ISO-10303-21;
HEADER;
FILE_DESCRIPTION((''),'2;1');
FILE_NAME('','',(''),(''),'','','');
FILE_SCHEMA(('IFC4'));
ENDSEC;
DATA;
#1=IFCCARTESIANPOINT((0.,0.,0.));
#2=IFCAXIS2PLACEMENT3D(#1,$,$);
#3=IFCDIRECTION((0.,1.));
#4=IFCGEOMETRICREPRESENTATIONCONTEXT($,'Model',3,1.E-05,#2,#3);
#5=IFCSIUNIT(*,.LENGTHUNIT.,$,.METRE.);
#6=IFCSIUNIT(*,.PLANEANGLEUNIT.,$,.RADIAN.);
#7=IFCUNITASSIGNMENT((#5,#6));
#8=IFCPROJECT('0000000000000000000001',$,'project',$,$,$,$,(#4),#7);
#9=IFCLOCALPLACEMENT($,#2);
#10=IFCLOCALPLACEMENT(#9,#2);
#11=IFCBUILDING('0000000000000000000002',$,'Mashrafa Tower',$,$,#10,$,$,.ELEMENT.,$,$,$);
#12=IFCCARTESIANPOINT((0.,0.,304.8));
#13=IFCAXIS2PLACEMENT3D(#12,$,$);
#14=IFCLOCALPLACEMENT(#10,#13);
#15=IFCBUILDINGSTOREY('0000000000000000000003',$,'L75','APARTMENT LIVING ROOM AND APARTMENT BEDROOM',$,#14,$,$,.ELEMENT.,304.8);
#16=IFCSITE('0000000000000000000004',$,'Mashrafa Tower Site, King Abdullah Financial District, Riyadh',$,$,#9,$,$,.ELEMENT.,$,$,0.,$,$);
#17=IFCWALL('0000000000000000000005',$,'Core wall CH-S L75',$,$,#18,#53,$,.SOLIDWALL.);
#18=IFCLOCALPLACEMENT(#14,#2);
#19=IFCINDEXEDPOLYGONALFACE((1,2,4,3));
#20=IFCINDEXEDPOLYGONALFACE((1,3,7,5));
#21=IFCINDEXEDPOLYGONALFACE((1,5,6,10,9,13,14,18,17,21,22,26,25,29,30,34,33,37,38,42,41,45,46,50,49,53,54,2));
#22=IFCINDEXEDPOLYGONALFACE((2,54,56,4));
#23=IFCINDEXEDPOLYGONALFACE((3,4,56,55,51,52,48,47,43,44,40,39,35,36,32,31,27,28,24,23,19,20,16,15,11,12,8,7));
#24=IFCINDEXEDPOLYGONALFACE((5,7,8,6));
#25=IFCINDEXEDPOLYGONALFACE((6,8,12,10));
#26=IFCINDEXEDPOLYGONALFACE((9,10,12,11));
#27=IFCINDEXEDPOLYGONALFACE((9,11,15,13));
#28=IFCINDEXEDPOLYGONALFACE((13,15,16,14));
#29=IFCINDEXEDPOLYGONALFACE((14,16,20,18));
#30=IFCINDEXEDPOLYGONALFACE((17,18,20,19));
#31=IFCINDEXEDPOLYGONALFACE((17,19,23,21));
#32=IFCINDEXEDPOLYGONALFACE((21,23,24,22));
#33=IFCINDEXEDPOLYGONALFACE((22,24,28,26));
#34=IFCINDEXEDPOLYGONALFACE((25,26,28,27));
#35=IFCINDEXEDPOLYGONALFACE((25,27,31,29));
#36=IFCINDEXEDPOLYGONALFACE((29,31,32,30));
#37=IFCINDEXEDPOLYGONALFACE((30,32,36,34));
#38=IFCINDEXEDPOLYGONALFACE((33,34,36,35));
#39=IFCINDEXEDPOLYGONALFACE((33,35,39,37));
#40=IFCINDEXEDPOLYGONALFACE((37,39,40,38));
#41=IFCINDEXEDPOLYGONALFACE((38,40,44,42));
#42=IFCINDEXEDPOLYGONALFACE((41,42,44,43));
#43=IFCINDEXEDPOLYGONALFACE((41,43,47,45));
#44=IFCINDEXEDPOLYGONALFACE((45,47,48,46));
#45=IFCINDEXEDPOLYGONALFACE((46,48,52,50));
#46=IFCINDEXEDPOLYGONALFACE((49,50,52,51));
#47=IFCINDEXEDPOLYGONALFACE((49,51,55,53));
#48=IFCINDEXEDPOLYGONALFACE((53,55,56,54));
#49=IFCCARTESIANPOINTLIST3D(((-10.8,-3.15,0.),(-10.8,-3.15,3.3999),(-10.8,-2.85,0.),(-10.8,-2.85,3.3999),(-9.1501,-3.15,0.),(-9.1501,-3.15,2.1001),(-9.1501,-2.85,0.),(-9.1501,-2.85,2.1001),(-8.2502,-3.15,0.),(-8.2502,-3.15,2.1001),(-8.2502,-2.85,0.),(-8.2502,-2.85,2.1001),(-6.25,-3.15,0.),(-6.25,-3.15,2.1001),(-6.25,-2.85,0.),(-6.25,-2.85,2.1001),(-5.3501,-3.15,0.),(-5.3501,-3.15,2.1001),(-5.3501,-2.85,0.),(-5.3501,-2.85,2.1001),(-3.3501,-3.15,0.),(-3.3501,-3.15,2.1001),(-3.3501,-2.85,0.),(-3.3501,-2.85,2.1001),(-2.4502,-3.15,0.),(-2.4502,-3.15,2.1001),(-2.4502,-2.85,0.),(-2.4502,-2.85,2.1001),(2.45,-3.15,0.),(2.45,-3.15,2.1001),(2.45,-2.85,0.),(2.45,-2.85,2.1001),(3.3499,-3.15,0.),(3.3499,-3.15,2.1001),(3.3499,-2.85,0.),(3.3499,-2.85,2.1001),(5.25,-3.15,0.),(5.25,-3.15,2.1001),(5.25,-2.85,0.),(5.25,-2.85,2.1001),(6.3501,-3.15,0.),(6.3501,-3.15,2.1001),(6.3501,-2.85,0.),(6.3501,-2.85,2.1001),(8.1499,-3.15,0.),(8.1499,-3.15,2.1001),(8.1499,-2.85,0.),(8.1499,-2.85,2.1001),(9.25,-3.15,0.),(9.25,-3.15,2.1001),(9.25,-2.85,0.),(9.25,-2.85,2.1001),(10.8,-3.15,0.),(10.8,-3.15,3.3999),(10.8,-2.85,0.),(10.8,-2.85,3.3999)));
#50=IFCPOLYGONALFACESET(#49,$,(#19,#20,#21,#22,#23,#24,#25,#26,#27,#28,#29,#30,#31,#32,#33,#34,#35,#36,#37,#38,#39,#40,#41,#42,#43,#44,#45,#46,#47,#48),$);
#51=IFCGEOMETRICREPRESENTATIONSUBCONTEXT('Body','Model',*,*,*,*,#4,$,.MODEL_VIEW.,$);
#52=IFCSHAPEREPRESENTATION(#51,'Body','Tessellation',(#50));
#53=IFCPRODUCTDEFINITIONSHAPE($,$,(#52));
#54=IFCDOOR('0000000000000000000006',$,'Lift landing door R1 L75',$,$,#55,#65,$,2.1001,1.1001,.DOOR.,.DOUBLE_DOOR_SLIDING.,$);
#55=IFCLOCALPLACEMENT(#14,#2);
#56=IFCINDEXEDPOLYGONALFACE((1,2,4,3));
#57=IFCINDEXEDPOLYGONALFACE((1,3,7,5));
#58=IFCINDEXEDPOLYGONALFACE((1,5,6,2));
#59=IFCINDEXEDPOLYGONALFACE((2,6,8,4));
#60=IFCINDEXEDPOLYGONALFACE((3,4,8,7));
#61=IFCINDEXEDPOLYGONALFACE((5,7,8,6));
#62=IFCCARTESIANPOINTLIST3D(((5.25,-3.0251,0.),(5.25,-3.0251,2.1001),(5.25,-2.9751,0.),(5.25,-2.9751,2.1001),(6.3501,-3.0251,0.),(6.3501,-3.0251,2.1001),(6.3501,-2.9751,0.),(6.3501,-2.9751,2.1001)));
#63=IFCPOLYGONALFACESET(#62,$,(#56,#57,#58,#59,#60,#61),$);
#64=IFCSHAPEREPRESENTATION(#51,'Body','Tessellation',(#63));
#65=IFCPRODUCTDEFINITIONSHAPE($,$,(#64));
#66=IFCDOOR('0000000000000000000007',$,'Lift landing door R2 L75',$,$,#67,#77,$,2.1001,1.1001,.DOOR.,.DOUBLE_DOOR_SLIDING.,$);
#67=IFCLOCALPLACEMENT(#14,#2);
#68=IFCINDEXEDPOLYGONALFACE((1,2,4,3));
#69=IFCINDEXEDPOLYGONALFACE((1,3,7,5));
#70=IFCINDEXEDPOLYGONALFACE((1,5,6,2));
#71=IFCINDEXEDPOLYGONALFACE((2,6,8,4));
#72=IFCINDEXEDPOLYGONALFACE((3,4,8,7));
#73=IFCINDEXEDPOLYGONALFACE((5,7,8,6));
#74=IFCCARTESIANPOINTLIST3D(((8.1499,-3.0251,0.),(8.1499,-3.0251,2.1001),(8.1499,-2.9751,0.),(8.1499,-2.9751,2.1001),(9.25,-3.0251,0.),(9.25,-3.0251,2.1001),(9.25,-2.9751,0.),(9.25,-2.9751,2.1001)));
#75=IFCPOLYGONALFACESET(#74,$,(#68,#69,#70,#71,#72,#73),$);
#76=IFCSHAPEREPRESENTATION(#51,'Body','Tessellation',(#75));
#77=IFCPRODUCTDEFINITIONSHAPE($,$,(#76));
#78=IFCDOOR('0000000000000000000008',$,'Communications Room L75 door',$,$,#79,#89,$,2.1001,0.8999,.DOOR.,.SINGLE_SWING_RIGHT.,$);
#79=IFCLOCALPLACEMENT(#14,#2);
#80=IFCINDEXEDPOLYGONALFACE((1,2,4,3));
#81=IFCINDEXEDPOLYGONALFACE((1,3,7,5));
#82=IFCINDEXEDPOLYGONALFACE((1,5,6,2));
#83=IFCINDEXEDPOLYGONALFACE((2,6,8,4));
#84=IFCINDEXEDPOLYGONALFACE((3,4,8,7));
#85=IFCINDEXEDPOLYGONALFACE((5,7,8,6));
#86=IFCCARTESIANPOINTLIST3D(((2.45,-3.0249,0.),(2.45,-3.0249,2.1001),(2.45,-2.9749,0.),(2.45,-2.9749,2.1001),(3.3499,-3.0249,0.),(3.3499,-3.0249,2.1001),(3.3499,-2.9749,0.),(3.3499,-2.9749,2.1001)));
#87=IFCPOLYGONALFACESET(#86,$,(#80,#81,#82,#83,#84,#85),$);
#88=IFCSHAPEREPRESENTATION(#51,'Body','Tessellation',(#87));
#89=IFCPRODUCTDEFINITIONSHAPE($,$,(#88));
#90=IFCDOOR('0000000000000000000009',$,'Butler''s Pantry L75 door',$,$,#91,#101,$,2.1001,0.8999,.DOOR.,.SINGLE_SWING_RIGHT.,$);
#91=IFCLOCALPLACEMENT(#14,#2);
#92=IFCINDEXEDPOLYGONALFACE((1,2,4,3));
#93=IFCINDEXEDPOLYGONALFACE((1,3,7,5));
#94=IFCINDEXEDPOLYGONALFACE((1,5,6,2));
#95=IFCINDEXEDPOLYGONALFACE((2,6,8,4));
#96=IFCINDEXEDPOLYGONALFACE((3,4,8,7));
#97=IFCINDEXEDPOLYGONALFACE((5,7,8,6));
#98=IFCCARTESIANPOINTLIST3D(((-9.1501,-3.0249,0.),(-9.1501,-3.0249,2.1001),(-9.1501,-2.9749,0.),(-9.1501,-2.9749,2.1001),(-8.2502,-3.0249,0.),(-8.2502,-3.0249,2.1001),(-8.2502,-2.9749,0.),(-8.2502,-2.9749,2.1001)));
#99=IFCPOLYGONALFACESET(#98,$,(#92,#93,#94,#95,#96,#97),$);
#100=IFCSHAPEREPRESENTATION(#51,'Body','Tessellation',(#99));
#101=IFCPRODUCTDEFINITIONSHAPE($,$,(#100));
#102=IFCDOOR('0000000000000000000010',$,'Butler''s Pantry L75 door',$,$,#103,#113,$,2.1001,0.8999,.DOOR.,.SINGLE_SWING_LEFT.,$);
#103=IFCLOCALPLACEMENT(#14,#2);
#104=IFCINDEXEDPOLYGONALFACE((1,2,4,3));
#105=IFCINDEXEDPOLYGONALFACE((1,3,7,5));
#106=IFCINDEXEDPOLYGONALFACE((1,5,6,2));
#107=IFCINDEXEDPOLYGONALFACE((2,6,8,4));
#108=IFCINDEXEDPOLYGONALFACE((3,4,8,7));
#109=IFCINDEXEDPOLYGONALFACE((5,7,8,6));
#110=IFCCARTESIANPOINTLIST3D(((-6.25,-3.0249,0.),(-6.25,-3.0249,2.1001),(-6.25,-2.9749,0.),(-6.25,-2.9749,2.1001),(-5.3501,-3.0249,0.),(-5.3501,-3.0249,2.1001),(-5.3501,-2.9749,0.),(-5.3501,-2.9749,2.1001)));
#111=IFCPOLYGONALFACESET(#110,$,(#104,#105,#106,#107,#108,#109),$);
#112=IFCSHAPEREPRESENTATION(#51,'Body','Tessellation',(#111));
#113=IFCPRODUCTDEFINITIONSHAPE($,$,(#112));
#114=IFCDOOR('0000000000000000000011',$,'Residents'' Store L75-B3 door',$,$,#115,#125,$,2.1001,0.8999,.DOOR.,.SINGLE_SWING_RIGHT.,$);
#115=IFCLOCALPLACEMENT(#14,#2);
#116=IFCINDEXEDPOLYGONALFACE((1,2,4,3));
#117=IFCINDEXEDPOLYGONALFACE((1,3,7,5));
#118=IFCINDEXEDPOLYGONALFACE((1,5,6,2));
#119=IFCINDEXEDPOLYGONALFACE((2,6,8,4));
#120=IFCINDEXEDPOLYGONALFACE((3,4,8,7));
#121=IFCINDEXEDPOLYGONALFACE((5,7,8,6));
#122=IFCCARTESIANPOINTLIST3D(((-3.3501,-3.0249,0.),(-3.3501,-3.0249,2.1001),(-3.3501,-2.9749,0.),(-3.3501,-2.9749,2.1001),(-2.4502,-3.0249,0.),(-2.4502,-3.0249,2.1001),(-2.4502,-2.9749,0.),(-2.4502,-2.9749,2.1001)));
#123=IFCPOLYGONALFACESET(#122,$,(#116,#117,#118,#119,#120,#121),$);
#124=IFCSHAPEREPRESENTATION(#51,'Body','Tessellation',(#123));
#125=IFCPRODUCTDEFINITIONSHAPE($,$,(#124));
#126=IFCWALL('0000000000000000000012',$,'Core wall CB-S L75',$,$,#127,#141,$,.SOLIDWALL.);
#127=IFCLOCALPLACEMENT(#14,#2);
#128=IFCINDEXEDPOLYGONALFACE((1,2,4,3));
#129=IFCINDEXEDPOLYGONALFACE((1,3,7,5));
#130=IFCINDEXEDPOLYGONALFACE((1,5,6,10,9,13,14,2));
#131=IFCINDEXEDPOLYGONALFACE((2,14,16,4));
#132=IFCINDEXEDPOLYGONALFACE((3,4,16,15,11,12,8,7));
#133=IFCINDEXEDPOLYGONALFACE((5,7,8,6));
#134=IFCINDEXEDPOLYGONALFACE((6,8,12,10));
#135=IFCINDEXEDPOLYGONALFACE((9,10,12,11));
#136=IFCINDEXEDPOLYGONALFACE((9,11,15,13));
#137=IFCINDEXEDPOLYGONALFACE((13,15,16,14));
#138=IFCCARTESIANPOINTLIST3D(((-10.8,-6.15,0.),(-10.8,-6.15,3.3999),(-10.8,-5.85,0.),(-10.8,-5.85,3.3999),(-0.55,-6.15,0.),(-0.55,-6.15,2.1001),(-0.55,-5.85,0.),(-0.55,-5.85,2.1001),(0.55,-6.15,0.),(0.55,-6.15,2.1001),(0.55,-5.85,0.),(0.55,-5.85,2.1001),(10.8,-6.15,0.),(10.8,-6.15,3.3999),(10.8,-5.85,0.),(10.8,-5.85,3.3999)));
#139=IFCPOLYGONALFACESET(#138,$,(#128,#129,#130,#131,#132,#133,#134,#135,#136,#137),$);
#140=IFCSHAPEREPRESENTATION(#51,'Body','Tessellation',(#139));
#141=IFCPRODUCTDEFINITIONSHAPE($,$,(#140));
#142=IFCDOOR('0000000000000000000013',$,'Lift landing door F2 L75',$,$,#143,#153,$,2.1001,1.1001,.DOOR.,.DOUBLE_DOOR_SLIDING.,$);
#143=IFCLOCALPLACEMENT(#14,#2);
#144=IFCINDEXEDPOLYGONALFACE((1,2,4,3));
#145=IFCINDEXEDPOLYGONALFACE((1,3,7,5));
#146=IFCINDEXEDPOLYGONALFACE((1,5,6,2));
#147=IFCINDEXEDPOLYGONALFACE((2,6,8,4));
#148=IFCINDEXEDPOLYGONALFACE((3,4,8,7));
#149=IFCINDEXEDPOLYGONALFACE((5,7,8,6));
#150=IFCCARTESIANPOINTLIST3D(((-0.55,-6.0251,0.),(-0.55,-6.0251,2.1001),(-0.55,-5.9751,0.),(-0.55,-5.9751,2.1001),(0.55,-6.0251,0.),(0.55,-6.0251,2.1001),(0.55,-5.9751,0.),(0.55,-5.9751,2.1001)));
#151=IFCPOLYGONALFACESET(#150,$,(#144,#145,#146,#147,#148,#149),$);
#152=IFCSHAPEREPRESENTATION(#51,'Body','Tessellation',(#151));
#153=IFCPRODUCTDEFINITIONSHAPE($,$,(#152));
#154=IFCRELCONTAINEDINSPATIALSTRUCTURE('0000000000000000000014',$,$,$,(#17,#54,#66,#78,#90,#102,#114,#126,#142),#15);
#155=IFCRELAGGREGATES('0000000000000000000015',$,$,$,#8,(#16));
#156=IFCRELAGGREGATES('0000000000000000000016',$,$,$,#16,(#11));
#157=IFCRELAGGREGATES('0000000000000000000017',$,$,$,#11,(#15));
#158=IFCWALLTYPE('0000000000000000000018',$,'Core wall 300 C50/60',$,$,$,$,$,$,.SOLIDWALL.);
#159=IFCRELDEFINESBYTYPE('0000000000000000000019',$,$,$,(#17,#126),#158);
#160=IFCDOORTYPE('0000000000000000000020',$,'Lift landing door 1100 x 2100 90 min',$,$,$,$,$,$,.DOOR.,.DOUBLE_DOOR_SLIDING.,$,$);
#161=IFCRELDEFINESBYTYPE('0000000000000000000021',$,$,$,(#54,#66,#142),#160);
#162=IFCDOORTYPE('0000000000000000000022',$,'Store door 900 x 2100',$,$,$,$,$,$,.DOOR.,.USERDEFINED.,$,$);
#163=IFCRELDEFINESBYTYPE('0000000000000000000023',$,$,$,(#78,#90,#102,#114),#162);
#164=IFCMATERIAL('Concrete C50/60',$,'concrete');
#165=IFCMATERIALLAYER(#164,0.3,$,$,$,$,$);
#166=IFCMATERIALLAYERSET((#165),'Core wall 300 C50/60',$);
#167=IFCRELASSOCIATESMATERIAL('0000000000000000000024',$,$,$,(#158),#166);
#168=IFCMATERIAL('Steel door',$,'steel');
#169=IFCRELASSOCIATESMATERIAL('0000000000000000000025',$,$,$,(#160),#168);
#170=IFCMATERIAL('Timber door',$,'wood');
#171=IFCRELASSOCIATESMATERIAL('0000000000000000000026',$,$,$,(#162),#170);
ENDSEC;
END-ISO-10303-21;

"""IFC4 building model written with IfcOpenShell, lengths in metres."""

from ifc_helpers import new_model, si_unit, direction, frame, frame_2d, origin, place, context, subcontext, project, spatial, rectangle, extrude, material, layer, layer_set, type_object, element, fill, save


model = new_model("IFC4")

# Units and contexts
model_context = context("Model", 3, precision=1e-05, world=origin(), true_north=direction((0.0, 1.0)))
body_context = subcontext(model_context, "Body", "Model", "MODEL_VIEW")
ifc_project = project(units=[si_unit("LENGTHUNIT", "METRE"), si_unit("PLANEANGLEUNIT", "RADIAN")], contexts=[model_context])

# Site, building, storey
site_placement = place(None, origin())
site = spatial("IfcSite", under=ifc_project, at=site_placement, Name="Mashrafa Tower Site, King Abdullah Financial District, Riyadh", CompositionType="ELEMENT", RefElevation=0.0)
building_placement = place(site_placement, origin())
building = spatial("IfcBuilding", under=site, at=building_placement, Name="Mashrafa Tower", CompositionType="ELEMENT")
storey_placement = place(building_placement, frame((0.0, 0.0, 304.8)))
storey = spatial("IfcBuildingStorey", under=building, at=storey_placement, Name="L75", Description="APARTMENT LIVING ROOM AND APARTMENT BEDROOM", CompositionType="ELEMENT", Elevation=304.8)

# Wall, openings, doors
ifc_material_1 = material(Name="Concrete C50/60", Category="concrete")
ifc_layer_1 = layer(ifc_material_1, 0.3)
ifc_layer_set_1 = layer_set([ifc_layer_1], Name="Core wall 300 C50/60")
wall_type_1 = type_object("IfcWallType", Name="Core wall 300 C50/60", PredefinedType="SOLIDWALL", material=ifc_layer_set_1)
wall_1_placement = place(storey_placement, frame((-10.8, -3.0, 0.0), z_axis=(0.0, 0.0, 1.0), x_axis=(1.0, 0.0, 0.0)))
wall_1 = element("IfcWall", 1, at=wall_1_placement, inside=storey, type_object=wall_type_1, Name="Core wall CH-S L75", PredefinedType="SOLIDWALL", context=body_context, shape_type="SweptSolid", body=[
    extrude(rectangle(XDim=21.6001, YDim=0.3, at=frame_2d((10.8, 0.0))), origin(), (0.0, 0.0, 1.0), 3.3999),
])
opening_1_placement = place(wall_1_placement, frame((13.25, 0.0, 0.0)))
opening_1 = element("IfcOpeningElement", 2, at=opening_1_placement, cuts=wall_1, PredefinedType="OPENING", context=body_context, shape_type="SweptSolid", body=[
    extrude(rectangle(XDim=0.8999, YDim=2.1001, at=frame_2d((0.45, 1.05))), frame((0.0, 0.1599, 0.0), z_axis=(0.0, -1.0, 0.0), x_axis=(1.0, 0.0, 0.0)), (0.0, 0.0, 1.0), 0.3201),
])
opening_2_placement = place(wall_1_placement, frame((1.6499, 0.0, 0.0)))
opening_2 = element("IfcOpeningElement", 3, at=opening_2_placement, cuts=wall_1, PredefinedType="OPENING", context=body_context, shape_type="SweptSolid", body=[
    extrude(rectangle(XDim=0.8999, YDim=2.1001, at=frame_2d((0.45, 1.05))), frame((0.0, 0.1599, 0.0), z_axis=(0.0, -1.0, 0.0), x_axis=(1.0, 0.0, 0.0)), (0.0, 0.0, 1.0), 0.3201),
])
opening_3_placement = place(wall_1_placement, frame((4.55, 0.0, 0.0)))
opening_3 = element("IfcOpeningElement", 4, at=opening_3_placement, cuts=wall_1, PredefinedType="OPENING", context=body_context, shape_type="SweptSolid", body=[
    extrude(rectangle(XDim=0.8999, YDim=2.1001, at=frame_2d((0.45, 1.05))), frame((0.0, 0.1599, 0.0), z_axis=(0.0, -1.0, 0.0), x_axis=(1.0, 0.0, 0.0)), (0.0, 0.0, 1.0), 0.3201),
])
opening_4_placement = place(wall_1_placement, frame((7.45, 0.0, 0.0)))
opening_4 = element("IfcOpeningElement", 5, at=opening_4_placement, cuts=wall_1, PredefinedType="OPENING", context=body_context, shape_type="SweptSolid", body=[
    extrude(rectangle(XDim=0.8999, YDim=2.1001, at=frame_2d((0.45, 1.05))), frame((0.0, 0.1599, 0.0), z_axis=(0.0, -1.0, 0.0), x_axis=(1.0, 0.0, 0.0)), (0.0, 0.0, 1.0), 0.3201),
])
opening_5_placement = place(wall_1_placement, frame((16.05, 0.0, 0.0)))
opening_5 = element("IfcOpeningElement", 6, at=opening_5_placement, cuts=wall_1, PredefinedType="OPENING", context=body_context, shape_type="SweptSolid", body=[
    extrude(rectangle(XDim=1.1001, YDim=2.1001, at=frame_2d((0.55, 1.05))), frame((0.0, 0.1599, 0.0), z_axis=(0.0, -1.0, 0.0), x_axis=(1.0, 0.0, 0.0)), (0.0, 0.0, 1.0), 0.3201),
])
opening_6_placement = place(wall_1_placement, frame((18.95, 0.0, 0.0)))
opening_6 = element("IfcOpeningElement", 7, at=opening_6_placement, cuts=wall_1, PredefinedType="OPENING", context=body_context, shape_type="SweptSolid", body=[
    extrude(rectangle(XDim=1.1001, YDim=2.1001, at=frame_2d((0.55, 1.05))), frame((0.0, 0.1599, 0.0), z_axis=(0.0, -1.0, 0.0), x_axis=(1.0, 0.0, 0.0)), (0.0, 0.0, 1.0), 0.3201),
])
ifc_material_2 = material(Name="Steel door", Category="steel")
door_type_1 = type_object("IfcDoorType", Name="Lift landing door 1100 x 2100 90 min", OperationType="DOUBLE_DOOR_SLIDING", PredefinedType="DOOR", material=ifc_material_2)
door_1_placement = place(opening_5_placement, origin())
door_1 = element("IfcDoor", 8, at=door_1_placement, inside=storey, type_object=door_type_1, Name="Lift landing door R1 L75", OperationType="DOUBLE_DOOR_SLIDING", OverallHeight=2.1001, OverallWidth=1.1001, PredefinedType="DOOR", context=body_context, shape_type="SweptSolid", body=[
    extrude(rectangle(XDim=1.1001, YDim=2.1001, at=frame_2d((0.55, 1.05))), frame((0.0, 0.0249, 0.0), z_axis=(0.0, -1.0, 0.0), x_axis=(1.0, 0.0, 0.0)), (0.0, 0.0, 1.0), 0.05),
])
fill(opening_5, door_1)
door_2_placement = place(opening_6_placement, origin())
door_2 = element("IfcDoor", 9, at=door_2_placement, inside=storey, type_object=door_type_1, Name="Lift landing door R2 L75", OperationType="DOUBLE_DOOR_SLIDING", OverallHeight=2.1001, OverallWidth=1.1001, PredefinedType="DOOR", context=body_context, shape_type="SweptSolid", body=[
    extrude(rectangle(XDim=1.1001, YDim=2.1001, at=frame_2d((0.55, 1.05))), frame((0.0, 0.0249, 0.0), z_axis=(0.0, -1.0, 0.0), x_axis=(1.0, 0.0, 0.0)), (0.0, 0.0, 1.0), 0.05),
])
fill(opening_6, door_2)
ifc_material_3 = material(Name="Timber door", Category="wood")
door_type_2 = type_object("IfcDoorType", Name="Store door 900 x 2100", OperationType="USERDEFINED", PredefinedType="DOOR", material=ifc_material_3)
door_3_placement = place(opening_1_placement, frame((0.8999, 0.0, 0.0), z_axis=(0.0, 0.0, 1.0), x_axis=(-1.0, 0.0, 0.0)))
door_3 = element("IfcDoor", 10, at=door_3_placement, inside=storey, type_object=door_type_2, Name="Communications Room L75 door", OperationType="SINGLE_SWING_RIGHT", OverallHeight=2.1001, OverallWidth=0.8999, PredefinedType="DOOR", context=body_context, shape_type="SweptSolid", body=[
    extrude(rectangle(XDim=0.8999, YDim=2.1001, at=frame_2d((0.45, 1.05))), frame((0.0, 0.0249, 0.0), z_axis=(0.0, -1.0, 0.0), x_axis=(1.0, 0.0, 0.0)), (0.0, 0.0, 1.0), 0.05),
])
fill(opening_1, door_3)
door_4_placement = place(opening_2_placement, frame((0.8999, 0.0, 0.0), z_axis=(0.0, 0.0, 1.0), x_axis=(-1.0, 0.0, 0.0)))
door_4 = element("IfcDoor", 11, at=door_4_placement, inside=storey, type_object=door_type_2, Name="Butler's Pantry L75 door", OperationType="SINGLE_SWING_RIGHT", OverallHeight=2.1001, OverallWidth=0.8999, PredefinedType="DOOR", context=body_context, shape_type="SweptSolid", body=[
    extrude(rectangle(XDim=0.8999, YDim=2.1001, at=frame_2d((0.45, 1.05))), frame((0.0, 0.0249, 0.0), z_axis=(0.0, -1.0, 0.0), x_axis=(1.0, 0.0, 0.0)), (0.0, 0.0, 1.0), 0.05),
])
fill(opening_2, door_4)
door_5_placement = place(opening_3_placement, frame((0.8999, 0.0, 0.0), z_axis=(0.0, 0.0, 1.0), x_axis=(-1.0, 0.0, 0.0)))
door_5 = element("IfcDoor", 12, at=door_5_placement, inside=storey, type_object=door_type_2, Name="Butler's Pantry L75 door", OperationType="SINGLE_SWING_LEFT", OverallHeight=2.1001, OverallWidth=0.8999, PredefinedType="DOOR", context=body_context, shape_type="SweptSolid", body=[
    extrude(rectangle(XDim=0.8999, YDim=2.1001, at=frame_2d((0.45, 1.05))), frame((0.0, 0.0249, 0.0), z_axis=(0.0, -1.0, 0.0), x_axis=(1.0, 0.0, 0.0)), (0.0, 0.0, 1.0), 0.05),
])
fill(opening_3, door_5)
door_6_placement = place(opening_4_placement, frame((0.8999, 0.0, 0.0), z_axis=(0.0, 0.0, 1.0), x_axis=(-1.0, 0.0, 0.0)))
door_6 = element("IfcDoor", 13, at=door_6_placement, inside=storey, type_object=door_type_2, Name="Residents' Store L75-B3 door", OperationType="SINGLE_SWING_RIGHT", OverallHeight=2.1001, OverallWidth=0.8999, PredefinedType="DOOR", context=body_context, shape_type="SweptSolid", body=[
    extrude(rectangle(XDim=0.8999, YDim=2.1001, at=frame_2d((0.45, 1.05))), frame((0.0, 0.0249, 0.0), z_axis=(0.0, -1.0, 0.0), x_axis=(1.0, 0.0, 0.0)), (0.0, 0.0, 1.0), 0.05),
])
fill(opening_4, door_6)

# Wall, opening, door
wall_2_placement = place(storey_placement, frame((-10.8, -6.0, 0.0), z_axis=(0.0, 0.0, 1.0), x_axis=(1.0, 0.0, 0.0)))
wall_2 = element("IfcWall", 14, at=wall_2_placement, inside=storey, type_object=wall_type_1, Name="Core wall CB-S L75", PredefinedType="SOLIDWALL", context=body_context, shape_type="SweptSolid", body=[
    extrude(rectangle(XDim=21.6001, YDim=0.3, at=frame_2d((10.8, 0.0))), origin(), (0.0, 0.0, 1.0), 3.3999),
])
opening_7_placement = place(wall_2_placement, frame((10.25, 0.0, 0.0)))
opening_7 = element("IfcOpeningElement", 15, at=opening_7_placement, cuts=wall_2, PredefinedType="OPENING", context=body_context, shape_type="SweptSolid", body=[
    extrude(rectangle(XDim=1.1001, YDim=2.1001, at=frame_2d((0.55, 1.05))), frame((0.0, 0.1599, 0.0), z_axis=(0.0, -1.0, 0.0), x_axis=(1.0, 0.0, 0.0)), (0.0, 0.0, 1.0), 0.3201),
])
door_7_placement = place(opening_7_placement, origin())
door_7 = element("IfcDoor", 16, at=door_7_placement, inside=storey, type_object=door_type_1, Name="Lift landing door F2 L75", OperationType="DOUBLE_DOOR_SLIDING", OverallHeight=2.1001, OverallWidth=1.1001, PredefinedType="DOOR", context=body_context, shape_type="SweptSolid", body=[
    extrude(rectangle(XDim=1.1001, YDim=2.1001, at=frame_2d((0.55, 1.05))), frame((0.0, 0.0249, 0.0), z_axis=(0.0, -1.0, 0.0), x_axis=(1.0, 0.0, 0.0)), (0.0, 0.0, 1.0), 0.05),
])
fill(opening_7, door_7)

save(model, "model.ifc")
